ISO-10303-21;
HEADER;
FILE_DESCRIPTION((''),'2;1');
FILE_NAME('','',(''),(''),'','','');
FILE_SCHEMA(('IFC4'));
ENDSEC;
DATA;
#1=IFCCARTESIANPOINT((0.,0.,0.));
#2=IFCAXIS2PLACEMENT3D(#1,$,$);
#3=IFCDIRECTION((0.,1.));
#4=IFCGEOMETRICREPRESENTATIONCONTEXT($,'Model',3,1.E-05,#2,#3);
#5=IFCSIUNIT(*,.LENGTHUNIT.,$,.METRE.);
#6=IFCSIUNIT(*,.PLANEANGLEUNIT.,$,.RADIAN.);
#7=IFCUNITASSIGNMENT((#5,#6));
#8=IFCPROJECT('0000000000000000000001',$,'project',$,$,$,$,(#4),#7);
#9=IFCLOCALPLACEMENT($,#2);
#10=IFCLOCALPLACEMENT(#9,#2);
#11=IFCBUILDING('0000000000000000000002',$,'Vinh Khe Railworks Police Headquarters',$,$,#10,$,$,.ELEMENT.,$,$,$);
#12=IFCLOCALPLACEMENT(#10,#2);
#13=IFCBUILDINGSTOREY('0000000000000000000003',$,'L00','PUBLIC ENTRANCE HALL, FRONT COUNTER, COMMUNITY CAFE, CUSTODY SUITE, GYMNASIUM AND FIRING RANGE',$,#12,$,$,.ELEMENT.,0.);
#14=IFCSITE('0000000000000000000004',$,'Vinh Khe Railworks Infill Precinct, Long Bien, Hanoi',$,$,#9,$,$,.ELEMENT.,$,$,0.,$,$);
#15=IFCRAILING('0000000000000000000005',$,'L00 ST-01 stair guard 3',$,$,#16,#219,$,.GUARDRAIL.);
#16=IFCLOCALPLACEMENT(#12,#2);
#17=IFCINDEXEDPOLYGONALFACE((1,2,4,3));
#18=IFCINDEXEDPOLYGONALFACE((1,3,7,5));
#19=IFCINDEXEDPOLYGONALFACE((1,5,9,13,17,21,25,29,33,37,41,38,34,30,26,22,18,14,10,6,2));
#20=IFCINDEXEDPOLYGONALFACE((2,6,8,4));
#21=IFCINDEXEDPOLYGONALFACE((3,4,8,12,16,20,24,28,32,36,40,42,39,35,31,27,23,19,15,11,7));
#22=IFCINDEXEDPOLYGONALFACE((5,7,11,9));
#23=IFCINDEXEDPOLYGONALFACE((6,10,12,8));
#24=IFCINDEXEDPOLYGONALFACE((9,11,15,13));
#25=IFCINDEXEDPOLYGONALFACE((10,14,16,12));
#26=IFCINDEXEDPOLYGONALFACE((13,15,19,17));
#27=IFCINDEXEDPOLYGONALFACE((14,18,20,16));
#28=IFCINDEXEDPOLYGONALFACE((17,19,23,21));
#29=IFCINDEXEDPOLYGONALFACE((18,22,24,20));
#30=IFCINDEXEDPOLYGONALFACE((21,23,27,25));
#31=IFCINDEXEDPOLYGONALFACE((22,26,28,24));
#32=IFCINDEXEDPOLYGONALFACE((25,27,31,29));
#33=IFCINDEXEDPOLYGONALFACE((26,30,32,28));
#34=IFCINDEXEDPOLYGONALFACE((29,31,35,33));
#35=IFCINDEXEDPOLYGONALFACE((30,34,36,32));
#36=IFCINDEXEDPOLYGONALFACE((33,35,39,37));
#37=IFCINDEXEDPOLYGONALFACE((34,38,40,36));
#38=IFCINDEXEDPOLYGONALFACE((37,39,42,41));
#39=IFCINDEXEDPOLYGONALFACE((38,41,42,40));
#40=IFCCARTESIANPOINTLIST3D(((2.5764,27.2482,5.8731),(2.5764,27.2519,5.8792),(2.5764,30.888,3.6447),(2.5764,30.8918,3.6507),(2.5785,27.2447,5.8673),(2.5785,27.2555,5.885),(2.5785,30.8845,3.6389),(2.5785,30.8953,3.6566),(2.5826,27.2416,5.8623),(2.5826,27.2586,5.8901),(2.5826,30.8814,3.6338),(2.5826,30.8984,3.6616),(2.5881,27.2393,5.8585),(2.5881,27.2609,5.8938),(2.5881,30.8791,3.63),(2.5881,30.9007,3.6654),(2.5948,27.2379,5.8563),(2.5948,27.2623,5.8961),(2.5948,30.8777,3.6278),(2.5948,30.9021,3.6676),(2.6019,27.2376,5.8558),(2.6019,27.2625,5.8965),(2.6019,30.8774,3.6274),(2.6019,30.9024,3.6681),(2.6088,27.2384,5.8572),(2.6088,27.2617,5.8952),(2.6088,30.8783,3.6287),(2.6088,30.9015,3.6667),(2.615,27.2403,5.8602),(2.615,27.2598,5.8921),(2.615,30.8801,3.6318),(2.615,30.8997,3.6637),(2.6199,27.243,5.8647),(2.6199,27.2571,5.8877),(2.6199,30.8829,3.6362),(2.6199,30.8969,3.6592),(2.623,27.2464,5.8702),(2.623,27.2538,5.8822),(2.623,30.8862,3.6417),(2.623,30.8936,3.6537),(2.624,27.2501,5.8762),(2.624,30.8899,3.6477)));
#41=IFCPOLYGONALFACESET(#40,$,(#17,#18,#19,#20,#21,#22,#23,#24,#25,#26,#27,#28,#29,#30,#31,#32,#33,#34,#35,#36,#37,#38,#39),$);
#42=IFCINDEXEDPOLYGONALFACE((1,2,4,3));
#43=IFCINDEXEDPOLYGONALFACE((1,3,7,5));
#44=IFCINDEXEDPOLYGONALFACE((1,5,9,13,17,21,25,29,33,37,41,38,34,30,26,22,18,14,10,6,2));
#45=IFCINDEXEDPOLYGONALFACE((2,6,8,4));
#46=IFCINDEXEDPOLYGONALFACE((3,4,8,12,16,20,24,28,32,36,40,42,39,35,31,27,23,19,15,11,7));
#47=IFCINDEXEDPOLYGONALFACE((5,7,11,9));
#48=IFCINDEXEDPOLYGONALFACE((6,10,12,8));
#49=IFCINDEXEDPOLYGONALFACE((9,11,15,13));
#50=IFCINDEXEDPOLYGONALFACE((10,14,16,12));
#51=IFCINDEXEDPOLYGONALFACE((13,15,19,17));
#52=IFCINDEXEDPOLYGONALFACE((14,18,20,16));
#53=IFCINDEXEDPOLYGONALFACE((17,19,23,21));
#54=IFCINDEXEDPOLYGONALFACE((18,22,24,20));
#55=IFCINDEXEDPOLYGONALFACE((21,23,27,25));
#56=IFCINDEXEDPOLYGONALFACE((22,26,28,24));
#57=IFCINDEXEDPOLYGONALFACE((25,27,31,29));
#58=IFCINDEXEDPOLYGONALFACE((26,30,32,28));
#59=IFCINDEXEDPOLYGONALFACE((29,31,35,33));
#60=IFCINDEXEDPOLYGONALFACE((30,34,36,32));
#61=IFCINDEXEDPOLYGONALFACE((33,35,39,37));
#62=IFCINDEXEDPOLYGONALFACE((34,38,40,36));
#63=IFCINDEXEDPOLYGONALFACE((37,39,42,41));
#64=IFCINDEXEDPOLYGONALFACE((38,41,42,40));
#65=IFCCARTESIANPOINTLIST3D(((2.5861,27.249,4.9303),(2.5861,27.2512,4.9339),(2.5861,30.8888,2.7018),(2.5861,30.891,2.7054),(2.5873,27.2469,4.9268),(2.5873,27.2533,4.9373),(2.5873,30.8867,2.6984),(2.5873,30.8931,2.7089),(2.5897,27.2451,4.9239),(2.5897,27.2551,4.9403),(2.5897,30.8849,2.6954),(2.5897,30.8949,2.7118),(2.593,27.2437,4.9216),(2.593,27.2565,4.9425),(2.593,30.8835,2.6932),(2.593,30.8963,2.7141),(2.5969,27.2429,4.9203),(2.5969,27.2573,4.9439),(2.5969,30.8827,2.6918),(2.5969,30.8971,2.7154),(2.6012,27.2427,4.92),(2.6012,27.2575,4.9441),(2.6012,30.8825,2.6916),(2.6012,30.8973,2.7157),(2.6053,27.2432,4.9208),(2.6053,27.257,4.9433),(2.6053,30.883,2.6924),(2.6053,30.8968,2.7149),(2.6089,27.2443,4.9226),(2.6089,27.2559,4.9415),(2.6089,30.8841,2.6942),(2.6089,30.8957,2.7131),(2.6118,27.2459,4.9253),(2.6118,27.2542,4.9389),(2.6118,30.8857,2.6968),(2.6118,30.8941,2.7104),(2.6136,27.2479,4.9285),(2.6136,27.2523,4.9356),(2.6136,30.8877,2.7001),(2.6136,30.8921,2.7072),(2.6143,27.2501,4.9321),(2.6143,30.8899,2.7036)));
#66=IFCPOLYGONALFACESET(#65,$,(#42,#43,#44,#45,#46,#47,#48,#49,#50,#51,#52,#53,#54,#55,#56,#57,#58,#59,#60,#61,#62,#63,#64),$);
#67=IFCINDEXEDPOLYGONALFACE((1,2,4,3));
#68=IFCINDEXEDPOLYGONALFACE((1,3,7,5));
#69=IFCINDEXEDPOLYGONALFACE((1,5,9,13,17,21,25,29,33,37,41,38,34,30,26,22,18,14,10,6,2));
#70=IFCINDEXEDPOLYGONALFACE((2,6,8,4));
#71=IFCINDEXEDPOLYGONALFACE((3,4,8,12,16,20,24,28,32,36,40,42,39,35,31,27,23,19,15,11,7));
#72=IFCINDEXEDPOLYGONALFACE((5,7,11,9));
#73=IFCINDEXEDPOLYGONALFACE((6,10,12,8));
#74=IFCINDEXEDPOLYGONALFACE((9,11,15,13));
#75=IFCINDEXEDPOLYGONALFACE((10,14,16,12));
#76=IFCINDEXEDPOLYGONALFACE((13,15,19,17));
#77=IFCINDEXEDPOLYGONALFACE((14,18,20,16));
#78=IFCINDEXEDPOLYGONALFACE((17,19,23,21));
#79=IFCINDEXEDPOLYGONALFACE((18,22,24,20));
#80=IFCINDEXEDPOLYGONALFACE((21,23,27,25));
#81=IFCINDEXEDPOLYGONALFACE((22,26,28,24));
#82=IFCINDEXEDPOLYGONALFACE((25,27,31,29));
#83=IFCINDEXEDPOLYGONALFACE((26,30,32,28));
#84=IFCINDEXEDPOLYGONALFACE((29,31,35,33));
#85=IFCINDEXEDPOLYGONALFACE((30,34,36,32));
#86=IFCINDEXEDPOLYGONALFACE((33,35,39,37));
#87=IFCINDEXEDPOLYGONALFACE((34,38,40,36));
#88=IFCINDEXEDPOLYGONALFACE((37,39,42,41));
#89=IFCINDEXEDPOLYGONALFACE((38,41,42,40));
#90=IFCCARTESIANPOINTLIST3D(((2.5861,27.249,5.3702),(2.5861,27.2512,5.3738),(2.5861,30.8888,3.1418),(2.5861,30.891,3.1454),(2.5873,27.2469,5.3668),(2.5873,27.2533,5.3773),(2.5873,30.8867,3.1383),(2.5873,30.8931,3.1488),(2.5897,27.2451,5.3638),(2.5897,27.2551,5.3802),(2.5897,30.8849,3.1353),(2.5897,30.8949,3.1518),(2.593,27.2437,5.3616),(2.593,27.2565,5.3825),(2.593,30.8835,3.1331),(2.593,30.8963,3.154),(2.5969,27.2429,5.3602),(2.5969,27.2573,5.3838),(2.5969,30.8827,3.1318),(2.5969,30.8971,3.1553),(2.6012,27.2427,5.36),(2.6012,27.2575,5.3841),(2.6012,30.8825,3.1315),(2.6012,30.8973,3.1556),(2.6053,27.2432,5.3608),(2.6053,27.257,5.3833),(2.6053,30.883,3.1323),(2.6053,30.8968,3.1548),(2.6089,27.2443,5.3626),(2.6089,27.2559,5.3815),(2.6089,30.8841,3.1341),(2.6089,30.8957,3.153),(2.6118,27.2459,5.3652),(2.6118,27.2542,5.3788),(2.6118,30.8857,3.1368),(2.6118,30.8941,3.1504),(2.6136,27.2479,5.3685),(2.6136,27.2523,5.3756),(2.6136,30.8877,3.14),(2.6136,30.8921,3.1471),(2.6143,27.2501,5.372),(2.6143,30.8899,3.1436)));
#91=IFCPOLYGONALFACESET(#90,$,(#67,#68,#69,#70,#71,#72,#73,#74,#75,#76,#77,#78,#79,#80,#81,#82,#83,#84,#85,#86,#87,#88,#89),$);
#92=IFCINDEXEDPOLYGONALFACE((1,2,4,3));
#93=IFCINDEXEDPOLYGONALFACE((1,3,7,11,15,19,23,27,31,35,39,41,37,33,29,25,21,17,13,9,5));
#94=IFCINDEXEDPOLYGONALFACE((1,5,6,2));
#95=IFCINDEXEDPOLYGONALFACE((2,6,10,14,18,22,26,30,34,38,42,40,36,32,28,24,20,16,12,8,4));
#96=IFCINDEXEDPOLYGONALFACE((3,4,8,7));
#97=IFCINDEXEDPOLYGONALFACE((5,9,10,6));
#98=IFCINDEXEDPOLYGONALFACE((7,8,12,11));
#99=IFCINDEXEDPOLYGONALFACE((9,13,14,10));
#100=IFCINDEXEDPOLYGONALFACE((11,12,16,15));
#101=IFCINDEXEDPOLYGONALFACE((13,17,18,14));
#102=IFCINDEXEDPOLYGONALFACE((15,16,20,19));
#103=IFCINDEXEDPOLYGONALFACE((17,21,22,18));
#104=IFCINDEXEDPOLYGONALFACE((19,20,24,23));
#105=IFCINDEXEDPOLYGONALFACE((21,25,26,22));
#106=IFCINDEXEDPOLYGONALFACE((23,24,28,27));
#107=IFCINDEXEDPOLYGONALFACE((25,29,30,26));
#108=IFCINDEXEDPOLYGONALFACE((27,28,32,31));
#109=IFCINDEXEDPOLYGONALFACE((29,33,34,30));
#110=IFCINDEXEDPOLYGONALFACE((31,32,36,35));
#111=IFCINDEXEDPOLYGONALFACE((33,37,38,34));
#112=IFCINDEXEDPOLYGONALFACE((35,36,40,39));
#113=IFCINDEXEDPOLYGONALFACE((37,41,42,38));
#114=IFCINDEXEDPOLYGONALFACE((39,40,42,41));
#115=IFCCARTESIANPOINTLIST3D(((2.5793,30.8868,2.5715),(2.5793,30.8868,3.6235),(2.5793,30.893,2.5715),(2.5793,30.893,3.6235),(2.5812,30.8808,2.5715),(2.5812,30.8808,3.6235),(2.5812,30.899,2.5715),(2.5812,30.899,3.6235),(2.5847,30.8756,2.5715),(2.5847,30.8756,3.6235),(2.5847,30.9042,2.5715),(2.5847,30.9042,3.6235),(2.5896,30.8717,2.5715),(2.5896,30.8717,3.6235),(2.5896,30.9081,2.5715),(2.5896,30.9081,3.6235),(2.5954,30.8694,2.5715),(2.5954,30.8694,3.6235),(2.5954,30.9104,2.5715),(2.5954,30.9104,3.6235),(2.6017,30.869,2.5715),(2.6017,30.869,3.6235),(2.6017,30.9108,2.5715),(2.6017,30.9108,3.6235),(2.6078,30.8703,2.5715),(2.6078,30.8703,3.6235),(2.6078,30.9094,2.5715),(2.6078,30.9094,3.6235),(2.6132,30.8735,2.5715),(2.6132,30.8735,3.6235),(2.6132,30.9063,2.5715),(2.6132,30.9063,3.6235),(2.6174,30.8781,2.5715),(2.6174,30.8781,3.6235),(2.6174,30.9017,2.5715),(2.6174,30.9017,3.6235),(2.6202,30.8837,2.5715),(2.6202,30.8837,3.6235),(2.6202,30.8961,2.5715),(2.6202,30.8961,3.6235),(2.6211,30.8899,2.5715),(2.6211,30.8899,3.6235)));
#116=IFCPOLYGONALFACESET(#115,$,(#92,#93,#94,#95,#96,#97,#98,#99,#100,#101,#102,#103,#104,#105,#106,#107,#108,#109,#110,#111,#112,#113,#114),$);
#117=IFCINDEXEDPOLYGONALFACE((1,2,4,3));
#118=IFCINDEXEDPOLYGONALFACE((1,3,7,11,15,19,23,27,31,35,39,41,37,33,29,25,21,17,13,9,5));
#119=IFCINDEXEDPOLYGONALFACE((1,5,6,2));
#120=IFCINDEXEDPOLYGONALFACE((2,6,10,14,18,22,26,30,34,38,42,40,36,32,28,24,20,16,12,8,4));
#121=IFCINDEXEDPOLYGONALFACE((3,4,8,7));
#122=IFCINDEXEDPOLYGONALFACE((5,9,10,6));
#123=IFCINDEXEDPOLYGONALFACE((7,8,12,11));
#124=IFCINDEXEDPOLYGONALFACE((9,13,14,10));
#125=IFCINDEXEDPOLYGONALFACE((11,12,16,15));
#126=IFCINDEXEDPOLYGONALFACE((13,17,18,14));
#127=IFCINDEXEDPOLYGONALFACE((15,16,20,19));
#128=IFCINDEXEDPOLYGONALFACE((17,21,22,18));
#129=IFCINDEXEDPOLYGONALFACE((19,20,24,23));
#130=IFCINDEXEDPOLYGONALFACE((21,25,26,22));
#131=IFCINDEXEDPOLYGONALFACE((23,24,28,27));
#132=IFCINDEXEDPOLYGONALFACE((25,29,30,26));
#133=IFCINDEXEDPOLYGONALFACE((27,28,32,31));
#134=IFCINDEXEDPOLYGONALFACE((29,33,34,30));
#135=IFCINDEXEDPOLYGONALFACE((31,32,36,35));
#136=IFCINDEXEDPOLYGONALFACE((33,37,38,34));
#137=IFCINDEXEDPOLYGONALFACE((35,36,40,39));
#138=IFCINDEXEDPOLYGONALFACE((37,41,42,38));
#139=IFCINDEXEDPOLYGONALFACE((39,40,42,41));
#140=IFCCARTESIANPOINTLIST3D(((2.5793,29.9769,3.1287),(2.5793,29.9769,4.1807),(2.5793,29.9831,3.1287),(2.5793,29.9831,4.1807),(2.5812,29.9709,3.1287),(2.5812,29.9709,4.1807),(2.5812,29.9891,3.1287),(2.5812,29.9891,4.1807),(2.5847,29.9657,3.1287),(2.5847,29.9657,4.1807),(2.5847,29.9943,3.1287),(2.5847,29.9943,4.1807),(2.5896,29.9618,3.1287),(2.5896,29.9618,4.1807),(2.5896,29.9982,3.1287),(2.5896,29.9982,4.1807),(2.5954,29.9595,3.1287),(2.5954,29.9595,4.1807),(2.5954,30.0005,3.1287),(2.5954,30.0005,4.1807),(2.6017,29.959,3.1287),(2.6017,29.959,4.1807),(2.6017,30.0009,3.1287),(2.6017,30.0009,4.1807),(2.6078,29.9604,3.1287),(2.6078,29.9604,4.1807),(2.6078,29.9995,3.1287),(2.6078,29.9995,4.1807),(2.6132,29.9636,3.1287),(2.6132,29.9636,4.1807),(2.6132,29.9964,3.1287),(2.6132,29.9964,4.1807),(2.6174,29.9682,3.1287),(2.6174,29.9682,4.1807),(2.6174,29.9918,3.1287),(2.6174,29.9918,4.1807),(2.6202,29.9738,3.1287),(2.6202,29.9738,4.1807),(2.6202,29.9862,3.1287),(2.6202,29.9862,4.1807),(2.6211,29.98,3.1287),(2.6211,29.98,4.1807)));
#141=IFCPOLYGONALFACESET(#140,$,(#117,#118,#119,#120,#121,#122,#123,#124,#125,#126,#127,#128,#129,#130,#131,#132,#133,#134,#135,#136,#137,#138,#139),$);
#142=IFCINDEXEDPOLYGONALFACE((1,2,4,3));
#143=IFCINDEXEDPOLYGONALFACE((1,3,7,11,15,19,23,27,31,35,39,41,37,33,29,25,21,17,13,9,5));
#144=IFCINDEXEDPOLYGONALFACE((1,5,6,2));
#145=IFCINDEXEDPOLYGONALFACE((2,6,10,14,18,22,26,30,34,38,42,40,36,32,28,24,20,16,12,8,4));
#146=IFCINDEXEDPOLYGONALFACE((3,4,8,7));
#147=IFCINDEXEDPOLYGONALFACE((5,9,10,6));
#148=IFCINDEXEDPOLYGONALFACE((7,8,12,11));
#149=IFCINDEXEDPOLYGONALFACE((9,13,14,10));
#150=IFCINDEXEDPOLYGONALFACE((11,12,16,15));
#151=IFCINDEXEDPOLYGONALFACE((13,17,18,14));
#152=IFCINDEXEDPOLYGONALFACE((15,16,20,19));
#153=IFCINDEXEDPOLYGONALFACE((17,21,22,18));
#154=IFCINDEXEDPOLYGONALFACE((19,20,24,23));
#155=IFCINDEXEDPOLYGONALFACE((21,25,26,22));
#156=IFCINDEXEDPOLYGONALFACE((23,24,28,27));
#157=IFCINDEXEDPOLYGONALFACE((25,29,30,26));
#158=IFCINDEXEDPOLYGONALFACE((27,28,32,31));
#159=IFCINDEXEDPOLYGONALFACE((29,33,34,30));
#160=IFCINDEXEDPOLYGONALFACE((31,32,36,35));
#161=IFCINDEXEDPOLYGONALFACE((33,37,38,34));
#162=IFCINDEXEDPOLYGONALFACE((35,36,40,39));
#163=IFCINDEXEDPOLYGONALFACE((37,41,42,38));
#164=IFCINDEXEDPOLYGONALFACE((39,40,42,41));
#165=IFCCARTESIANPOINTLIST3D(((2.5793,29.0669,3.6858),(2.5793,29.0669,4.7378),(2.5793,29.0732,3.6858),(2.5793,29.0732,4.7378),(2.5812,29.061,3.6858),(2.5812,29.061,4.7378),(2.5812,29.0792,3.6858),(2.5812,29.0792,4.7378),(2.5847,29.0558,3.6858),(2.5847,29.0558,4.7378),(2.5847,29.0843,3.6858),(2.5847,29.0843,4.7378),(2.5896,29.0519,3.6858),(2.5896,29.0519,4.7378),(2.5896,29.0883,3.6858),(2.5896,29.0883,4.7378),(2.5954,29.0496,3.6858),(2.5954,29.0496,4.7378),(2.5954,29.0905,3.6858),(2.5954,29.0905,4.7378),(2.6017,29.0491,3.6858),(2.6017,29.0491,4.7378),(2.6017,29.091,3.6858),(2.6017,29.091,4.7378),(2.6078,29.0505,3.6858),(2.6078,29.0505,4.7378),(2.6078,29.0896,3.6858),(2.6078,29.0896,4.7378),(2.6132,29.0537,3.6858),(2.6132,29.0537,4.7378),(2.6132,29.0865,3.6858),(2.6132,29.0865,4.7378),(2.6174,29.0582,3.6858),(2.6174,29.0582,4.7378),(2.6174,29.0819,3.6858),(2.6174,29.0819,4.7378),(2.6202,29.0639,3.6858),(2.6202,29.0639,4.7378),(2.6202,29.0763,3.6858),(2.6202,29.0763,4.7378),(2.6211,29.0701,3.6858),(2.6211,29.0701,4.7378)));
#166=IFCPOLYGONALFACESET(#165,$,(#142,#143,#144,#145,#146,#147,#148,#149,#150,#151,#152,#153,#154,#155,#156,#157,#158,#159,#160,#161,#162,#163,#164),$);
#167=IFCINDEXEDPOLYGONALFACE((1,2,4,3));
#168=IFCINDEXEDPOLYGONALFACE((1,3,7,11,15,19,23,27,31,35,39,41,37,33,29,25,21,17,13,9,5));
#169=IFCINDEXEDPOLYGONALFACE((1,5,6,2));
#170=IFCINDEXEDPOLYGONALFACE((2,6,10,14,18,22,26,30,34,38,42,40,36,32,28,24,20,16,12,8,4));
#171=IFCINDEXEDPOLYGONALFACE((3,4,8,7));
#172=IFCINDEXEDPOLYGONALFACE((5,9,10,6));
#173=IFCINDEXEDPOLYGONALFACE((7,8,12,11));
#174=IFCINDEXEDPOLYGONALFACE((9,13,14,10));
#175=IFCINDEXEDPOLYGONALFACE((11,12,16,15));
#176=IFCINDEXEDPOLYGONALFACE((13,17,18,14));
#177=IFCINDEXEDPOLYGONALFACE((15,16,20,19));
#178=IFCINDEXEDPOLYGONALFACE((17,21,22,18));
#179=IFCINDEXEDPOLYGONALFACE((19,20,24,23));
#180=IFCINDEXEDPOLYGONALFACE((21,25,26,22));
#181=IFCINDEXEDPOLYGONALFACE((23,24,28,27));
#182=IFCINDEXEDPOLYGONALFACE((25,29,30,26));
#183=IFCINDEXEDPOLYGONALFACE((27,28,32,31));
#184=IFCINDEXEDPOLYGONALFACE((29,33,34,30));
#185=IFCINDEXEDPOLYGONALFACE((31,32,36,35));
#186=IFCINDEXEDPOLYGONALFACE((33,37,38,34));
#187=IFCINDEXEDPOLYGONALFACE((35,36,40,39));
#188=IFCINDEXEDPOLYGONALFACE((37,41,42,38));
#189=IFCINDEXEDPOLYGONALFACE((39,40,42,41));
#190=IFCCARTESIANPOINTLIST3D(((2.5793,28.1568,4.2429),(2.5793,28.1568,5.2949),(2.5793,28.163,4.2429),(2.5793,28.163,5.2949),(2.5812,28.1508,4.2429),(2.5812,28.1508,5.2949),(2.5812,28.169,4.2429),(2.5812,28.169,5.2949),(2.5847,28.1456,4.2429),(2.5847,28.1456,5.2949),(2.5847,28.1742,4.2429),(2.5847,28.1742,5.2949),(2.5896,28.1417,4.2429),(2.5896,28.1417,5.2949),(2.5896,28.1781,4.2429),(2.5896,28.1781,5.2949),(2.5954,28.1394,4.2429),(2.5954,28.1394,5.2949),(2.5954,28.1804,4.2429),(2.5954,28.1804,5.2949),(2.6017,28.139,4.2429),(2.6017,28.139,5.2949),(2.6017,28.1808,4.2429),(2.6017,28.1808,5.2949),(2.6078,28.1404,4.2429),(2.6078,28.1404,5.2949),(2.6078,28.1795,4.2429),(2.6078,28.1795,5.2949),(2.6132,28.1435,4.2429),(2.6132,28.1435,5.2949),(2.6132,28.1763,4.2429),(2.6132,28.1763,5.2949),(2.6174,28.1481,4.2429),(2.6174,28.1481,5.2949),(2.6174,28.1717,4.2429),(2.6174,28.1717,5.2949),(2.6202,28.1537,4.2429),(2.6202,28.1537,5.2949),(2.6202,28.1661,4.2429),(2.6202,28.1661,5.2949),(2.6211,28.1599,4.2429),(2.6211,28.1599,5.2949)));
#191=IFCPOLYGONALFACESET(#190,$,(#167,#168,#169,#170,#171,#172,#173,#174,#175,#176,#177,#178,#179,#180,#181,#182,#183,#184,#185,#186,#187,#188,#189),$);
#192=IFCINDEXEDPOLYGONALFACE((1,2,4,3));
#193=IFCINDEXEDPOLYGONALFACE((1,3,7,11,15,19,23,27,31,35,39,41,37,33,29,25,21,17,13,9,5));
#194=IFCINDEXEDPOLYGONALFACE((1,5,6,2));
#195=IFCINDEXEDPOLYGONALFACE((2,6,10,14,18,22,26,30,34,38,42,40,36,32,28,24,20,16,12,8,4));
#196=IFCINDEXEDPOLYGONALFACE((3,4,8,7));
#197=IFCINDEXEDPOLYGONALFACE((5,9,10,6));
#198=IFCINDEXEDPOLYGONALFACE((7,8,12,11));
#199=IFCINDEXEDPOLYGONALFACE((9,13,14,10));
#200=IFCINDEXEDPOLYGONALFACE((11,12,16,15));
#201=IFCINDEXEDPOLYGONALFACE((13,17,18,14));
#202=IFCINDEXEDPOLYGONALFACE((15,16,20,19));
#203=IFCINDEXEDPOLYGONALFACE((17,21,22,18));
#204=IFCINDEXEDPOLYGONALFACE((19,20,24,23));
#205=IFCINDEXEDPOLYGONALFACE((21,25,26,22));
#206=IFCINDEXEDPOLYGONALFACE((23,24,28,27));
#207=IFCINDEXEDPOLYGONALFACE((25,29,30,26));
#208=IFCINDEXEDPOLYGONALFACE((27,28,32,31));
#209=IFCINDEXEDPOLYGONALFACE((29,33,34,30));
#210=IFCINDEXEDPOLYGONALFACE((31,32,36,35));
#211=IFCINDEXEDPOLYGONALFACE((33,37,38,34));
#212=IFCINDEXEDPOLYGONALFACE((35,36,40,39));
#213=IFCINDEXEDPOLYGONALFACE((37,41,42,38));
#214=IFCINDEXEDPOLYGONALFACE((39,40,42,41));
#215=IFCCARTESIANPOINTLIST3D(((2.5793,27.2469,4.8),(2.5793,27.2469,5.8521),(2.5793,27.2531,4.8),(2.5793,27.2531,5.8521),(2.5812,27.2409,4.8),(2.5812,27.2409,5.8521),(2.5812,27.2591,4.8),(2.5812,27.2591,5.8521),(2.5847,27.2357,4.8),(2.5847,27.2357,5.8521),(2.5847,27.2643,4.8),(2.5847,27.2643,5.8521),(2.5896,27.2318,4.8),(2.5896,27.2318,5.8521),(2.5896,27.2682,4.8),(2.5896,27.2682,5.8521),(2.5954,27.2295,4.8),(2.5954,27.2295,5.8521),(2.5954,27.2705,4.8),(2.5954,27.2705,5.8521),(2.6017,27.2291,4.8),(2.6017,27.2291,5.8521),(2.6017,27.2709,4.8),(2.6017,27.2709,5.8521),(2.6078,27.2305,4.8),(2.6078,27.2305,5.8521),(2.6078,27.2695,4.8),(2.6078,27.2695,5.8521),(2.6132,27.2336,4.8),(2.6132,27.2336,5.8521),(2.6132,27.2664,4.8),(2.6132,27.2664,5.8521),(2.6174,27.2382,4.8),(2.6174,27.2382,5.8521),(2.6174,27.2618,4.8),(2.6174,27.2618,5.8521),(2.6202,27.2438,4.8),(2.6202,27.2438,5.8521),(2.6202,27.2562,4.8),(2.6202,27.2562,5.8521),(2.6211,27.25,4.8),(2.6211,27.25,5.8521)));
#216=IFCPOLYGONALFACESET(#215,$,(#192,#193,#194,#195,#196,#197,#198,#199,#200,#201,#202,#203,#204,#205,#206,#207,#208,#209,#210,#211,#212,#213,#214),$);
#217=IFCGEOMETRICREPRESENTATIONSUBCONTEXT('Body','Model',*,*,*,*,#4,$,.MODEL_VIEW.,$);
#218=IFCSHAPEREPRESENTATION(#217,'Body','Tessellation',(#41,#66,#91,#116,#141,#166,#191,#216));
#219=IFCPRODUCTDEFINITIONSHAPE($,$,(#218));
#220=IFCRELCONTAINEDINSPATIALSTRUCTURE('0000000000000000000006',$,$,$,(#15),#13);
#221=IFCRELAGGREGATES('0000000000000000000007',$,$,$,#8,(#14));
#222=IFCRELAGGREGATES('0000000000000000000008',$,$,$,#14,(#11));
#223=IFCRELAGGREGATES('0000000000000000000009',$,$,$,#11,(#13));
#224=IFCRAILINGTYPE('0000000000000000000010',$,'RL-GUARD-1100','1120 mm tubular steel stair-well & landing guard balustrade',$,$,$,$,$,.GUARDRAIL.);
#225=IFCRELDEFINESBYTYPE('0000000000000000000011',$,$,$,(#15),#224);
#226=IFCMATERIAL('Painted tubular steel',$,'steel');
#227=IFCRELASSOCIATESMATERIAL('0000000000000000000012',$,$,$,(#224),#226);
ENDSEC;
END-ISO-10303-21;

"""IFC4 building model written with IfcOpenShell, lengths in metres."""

from ifc_helpers import new_model, si_unit, direction, frame, origin, origin_2d, place, context, subcontext, project, spatial, circle, extrude, material, type_object, element, save


model = new_model("IFC4")

# Units and contexts
model_context = context("Model", 3, precision=1e-05, world=origin(), true_north=direction((0.0, 1.0)))
body_context = subcontext(model_context, "Body", "Model", "MODEL_VIEW")
ifc_project = project(units=[si_unit("LENGTHUNIT", "METRE"), si_unit("PLANEANGLEUNIT", "RADIAN")], contexts=[model_context])

# Site, building, storey
site_placement = place(None, origin())
site = spatial("IfcSite", under=ifc_project, at=site_placement, Name="Vinh Khe Railworks Infill Precinct, Long Bien, Hanoi", CompositionType="ELEMENT", RefElevation=0.0)
building_placement = place(site_placement, origin())
building = spatial("IfcBuilding", under=site, at=building_placement, Name="Vinh Khe Railworks Police Headquarters", CompositionType="ELEMENT")
storey_placement = place(building_placement, origin())
storey = spatial("IfcBuildingStorey", under=building, at=storey_placement, Name="L00", Description="PUBLIC ENTRANCE HALL, FRONT COUNTER, COMMUNITY CAFE, CUSTODY SUITE, GYMNASIUM AND FIRING RANGE", CompositionType="ELEMENT", Elevation=0.0)

# Railing
ifc_material_1 = material(Name="Painted tubular steel", Category="steel")
railing_type_1 = type_object("IfcRailingType", Name="RL-GUARD-1100", Description="1120 mm tubular steel stair-well & landing guard balustrade", PredefinedType="GUARDRAIL", material=ifc_material_1)
railing_1_placement = place(storey_placement, frame((2.6001, 30.8899, 2.5715)))
element("IfcRailing", 1, at=railing_1_placement, inside=storey, type_object=railing_type_1, Name="L00 ST-01 stair guard 3", PredefinedType="GUARDRAIL", context=body_context, shape_type="SweptSolid", body=[
    extrude(circle(Radius=0.0239, at=origin_2d()), frame((0.0, 0.0, 1.0762), z_axis=(0.0, -0.85285, 0.522156), x_axis=(1.0, 0.0, 0.0)), (0.0, 0.0, 1.0), 4.2678),
    extrude(circle(Radius=0.0142, at=origin_2d()), frame((0.0, 0.0, 0.1321), z_axis=(0.0, -0.85285, 0.522156), x_axis=(1.0, 0.0, 0.0)), (0.0, 0.0, 1.0), 4.2678),
    extrude(circle(Radius=0.0142, at=origin_2d()), frame((0.0, 0.0, 0.572), z_axis=(0.0, -0.85285, 0.522156), x_axis=(1.0, 0.0, 0.0)), (0.0, 0.0, 1.0), 4.2678),
    extrude(circle(Radius=0.021, at=origin_2d()), origin(), (0.0, 0.0, 1.0), 1.052),
    extrude(circle(Radius=0.021, at=origin_2d()), frame((0.0, -0.9099, 0.5571)), (0.0, 0.0, 1.0), 1.052),
    extrude(circle(Radius=0.021, at=origin_2d()), frame((0.0, -1.8198, 1.1143)), (0.0, 0.0, 1.0), 1.052),
    extrude(circle(Radius=0.021, at=origin_2d()), frame((0.0, -2.73, 1.6714)), (0.0, 0.0, 1.0), 1.052),
    extrude(circle(Radius=0.021, at=origin_2d()), frame((0.0, -3.6399, 2.2285)), (0.0, 0.0, 1.0), 1.052),
])

save(model, "model.ifc")
